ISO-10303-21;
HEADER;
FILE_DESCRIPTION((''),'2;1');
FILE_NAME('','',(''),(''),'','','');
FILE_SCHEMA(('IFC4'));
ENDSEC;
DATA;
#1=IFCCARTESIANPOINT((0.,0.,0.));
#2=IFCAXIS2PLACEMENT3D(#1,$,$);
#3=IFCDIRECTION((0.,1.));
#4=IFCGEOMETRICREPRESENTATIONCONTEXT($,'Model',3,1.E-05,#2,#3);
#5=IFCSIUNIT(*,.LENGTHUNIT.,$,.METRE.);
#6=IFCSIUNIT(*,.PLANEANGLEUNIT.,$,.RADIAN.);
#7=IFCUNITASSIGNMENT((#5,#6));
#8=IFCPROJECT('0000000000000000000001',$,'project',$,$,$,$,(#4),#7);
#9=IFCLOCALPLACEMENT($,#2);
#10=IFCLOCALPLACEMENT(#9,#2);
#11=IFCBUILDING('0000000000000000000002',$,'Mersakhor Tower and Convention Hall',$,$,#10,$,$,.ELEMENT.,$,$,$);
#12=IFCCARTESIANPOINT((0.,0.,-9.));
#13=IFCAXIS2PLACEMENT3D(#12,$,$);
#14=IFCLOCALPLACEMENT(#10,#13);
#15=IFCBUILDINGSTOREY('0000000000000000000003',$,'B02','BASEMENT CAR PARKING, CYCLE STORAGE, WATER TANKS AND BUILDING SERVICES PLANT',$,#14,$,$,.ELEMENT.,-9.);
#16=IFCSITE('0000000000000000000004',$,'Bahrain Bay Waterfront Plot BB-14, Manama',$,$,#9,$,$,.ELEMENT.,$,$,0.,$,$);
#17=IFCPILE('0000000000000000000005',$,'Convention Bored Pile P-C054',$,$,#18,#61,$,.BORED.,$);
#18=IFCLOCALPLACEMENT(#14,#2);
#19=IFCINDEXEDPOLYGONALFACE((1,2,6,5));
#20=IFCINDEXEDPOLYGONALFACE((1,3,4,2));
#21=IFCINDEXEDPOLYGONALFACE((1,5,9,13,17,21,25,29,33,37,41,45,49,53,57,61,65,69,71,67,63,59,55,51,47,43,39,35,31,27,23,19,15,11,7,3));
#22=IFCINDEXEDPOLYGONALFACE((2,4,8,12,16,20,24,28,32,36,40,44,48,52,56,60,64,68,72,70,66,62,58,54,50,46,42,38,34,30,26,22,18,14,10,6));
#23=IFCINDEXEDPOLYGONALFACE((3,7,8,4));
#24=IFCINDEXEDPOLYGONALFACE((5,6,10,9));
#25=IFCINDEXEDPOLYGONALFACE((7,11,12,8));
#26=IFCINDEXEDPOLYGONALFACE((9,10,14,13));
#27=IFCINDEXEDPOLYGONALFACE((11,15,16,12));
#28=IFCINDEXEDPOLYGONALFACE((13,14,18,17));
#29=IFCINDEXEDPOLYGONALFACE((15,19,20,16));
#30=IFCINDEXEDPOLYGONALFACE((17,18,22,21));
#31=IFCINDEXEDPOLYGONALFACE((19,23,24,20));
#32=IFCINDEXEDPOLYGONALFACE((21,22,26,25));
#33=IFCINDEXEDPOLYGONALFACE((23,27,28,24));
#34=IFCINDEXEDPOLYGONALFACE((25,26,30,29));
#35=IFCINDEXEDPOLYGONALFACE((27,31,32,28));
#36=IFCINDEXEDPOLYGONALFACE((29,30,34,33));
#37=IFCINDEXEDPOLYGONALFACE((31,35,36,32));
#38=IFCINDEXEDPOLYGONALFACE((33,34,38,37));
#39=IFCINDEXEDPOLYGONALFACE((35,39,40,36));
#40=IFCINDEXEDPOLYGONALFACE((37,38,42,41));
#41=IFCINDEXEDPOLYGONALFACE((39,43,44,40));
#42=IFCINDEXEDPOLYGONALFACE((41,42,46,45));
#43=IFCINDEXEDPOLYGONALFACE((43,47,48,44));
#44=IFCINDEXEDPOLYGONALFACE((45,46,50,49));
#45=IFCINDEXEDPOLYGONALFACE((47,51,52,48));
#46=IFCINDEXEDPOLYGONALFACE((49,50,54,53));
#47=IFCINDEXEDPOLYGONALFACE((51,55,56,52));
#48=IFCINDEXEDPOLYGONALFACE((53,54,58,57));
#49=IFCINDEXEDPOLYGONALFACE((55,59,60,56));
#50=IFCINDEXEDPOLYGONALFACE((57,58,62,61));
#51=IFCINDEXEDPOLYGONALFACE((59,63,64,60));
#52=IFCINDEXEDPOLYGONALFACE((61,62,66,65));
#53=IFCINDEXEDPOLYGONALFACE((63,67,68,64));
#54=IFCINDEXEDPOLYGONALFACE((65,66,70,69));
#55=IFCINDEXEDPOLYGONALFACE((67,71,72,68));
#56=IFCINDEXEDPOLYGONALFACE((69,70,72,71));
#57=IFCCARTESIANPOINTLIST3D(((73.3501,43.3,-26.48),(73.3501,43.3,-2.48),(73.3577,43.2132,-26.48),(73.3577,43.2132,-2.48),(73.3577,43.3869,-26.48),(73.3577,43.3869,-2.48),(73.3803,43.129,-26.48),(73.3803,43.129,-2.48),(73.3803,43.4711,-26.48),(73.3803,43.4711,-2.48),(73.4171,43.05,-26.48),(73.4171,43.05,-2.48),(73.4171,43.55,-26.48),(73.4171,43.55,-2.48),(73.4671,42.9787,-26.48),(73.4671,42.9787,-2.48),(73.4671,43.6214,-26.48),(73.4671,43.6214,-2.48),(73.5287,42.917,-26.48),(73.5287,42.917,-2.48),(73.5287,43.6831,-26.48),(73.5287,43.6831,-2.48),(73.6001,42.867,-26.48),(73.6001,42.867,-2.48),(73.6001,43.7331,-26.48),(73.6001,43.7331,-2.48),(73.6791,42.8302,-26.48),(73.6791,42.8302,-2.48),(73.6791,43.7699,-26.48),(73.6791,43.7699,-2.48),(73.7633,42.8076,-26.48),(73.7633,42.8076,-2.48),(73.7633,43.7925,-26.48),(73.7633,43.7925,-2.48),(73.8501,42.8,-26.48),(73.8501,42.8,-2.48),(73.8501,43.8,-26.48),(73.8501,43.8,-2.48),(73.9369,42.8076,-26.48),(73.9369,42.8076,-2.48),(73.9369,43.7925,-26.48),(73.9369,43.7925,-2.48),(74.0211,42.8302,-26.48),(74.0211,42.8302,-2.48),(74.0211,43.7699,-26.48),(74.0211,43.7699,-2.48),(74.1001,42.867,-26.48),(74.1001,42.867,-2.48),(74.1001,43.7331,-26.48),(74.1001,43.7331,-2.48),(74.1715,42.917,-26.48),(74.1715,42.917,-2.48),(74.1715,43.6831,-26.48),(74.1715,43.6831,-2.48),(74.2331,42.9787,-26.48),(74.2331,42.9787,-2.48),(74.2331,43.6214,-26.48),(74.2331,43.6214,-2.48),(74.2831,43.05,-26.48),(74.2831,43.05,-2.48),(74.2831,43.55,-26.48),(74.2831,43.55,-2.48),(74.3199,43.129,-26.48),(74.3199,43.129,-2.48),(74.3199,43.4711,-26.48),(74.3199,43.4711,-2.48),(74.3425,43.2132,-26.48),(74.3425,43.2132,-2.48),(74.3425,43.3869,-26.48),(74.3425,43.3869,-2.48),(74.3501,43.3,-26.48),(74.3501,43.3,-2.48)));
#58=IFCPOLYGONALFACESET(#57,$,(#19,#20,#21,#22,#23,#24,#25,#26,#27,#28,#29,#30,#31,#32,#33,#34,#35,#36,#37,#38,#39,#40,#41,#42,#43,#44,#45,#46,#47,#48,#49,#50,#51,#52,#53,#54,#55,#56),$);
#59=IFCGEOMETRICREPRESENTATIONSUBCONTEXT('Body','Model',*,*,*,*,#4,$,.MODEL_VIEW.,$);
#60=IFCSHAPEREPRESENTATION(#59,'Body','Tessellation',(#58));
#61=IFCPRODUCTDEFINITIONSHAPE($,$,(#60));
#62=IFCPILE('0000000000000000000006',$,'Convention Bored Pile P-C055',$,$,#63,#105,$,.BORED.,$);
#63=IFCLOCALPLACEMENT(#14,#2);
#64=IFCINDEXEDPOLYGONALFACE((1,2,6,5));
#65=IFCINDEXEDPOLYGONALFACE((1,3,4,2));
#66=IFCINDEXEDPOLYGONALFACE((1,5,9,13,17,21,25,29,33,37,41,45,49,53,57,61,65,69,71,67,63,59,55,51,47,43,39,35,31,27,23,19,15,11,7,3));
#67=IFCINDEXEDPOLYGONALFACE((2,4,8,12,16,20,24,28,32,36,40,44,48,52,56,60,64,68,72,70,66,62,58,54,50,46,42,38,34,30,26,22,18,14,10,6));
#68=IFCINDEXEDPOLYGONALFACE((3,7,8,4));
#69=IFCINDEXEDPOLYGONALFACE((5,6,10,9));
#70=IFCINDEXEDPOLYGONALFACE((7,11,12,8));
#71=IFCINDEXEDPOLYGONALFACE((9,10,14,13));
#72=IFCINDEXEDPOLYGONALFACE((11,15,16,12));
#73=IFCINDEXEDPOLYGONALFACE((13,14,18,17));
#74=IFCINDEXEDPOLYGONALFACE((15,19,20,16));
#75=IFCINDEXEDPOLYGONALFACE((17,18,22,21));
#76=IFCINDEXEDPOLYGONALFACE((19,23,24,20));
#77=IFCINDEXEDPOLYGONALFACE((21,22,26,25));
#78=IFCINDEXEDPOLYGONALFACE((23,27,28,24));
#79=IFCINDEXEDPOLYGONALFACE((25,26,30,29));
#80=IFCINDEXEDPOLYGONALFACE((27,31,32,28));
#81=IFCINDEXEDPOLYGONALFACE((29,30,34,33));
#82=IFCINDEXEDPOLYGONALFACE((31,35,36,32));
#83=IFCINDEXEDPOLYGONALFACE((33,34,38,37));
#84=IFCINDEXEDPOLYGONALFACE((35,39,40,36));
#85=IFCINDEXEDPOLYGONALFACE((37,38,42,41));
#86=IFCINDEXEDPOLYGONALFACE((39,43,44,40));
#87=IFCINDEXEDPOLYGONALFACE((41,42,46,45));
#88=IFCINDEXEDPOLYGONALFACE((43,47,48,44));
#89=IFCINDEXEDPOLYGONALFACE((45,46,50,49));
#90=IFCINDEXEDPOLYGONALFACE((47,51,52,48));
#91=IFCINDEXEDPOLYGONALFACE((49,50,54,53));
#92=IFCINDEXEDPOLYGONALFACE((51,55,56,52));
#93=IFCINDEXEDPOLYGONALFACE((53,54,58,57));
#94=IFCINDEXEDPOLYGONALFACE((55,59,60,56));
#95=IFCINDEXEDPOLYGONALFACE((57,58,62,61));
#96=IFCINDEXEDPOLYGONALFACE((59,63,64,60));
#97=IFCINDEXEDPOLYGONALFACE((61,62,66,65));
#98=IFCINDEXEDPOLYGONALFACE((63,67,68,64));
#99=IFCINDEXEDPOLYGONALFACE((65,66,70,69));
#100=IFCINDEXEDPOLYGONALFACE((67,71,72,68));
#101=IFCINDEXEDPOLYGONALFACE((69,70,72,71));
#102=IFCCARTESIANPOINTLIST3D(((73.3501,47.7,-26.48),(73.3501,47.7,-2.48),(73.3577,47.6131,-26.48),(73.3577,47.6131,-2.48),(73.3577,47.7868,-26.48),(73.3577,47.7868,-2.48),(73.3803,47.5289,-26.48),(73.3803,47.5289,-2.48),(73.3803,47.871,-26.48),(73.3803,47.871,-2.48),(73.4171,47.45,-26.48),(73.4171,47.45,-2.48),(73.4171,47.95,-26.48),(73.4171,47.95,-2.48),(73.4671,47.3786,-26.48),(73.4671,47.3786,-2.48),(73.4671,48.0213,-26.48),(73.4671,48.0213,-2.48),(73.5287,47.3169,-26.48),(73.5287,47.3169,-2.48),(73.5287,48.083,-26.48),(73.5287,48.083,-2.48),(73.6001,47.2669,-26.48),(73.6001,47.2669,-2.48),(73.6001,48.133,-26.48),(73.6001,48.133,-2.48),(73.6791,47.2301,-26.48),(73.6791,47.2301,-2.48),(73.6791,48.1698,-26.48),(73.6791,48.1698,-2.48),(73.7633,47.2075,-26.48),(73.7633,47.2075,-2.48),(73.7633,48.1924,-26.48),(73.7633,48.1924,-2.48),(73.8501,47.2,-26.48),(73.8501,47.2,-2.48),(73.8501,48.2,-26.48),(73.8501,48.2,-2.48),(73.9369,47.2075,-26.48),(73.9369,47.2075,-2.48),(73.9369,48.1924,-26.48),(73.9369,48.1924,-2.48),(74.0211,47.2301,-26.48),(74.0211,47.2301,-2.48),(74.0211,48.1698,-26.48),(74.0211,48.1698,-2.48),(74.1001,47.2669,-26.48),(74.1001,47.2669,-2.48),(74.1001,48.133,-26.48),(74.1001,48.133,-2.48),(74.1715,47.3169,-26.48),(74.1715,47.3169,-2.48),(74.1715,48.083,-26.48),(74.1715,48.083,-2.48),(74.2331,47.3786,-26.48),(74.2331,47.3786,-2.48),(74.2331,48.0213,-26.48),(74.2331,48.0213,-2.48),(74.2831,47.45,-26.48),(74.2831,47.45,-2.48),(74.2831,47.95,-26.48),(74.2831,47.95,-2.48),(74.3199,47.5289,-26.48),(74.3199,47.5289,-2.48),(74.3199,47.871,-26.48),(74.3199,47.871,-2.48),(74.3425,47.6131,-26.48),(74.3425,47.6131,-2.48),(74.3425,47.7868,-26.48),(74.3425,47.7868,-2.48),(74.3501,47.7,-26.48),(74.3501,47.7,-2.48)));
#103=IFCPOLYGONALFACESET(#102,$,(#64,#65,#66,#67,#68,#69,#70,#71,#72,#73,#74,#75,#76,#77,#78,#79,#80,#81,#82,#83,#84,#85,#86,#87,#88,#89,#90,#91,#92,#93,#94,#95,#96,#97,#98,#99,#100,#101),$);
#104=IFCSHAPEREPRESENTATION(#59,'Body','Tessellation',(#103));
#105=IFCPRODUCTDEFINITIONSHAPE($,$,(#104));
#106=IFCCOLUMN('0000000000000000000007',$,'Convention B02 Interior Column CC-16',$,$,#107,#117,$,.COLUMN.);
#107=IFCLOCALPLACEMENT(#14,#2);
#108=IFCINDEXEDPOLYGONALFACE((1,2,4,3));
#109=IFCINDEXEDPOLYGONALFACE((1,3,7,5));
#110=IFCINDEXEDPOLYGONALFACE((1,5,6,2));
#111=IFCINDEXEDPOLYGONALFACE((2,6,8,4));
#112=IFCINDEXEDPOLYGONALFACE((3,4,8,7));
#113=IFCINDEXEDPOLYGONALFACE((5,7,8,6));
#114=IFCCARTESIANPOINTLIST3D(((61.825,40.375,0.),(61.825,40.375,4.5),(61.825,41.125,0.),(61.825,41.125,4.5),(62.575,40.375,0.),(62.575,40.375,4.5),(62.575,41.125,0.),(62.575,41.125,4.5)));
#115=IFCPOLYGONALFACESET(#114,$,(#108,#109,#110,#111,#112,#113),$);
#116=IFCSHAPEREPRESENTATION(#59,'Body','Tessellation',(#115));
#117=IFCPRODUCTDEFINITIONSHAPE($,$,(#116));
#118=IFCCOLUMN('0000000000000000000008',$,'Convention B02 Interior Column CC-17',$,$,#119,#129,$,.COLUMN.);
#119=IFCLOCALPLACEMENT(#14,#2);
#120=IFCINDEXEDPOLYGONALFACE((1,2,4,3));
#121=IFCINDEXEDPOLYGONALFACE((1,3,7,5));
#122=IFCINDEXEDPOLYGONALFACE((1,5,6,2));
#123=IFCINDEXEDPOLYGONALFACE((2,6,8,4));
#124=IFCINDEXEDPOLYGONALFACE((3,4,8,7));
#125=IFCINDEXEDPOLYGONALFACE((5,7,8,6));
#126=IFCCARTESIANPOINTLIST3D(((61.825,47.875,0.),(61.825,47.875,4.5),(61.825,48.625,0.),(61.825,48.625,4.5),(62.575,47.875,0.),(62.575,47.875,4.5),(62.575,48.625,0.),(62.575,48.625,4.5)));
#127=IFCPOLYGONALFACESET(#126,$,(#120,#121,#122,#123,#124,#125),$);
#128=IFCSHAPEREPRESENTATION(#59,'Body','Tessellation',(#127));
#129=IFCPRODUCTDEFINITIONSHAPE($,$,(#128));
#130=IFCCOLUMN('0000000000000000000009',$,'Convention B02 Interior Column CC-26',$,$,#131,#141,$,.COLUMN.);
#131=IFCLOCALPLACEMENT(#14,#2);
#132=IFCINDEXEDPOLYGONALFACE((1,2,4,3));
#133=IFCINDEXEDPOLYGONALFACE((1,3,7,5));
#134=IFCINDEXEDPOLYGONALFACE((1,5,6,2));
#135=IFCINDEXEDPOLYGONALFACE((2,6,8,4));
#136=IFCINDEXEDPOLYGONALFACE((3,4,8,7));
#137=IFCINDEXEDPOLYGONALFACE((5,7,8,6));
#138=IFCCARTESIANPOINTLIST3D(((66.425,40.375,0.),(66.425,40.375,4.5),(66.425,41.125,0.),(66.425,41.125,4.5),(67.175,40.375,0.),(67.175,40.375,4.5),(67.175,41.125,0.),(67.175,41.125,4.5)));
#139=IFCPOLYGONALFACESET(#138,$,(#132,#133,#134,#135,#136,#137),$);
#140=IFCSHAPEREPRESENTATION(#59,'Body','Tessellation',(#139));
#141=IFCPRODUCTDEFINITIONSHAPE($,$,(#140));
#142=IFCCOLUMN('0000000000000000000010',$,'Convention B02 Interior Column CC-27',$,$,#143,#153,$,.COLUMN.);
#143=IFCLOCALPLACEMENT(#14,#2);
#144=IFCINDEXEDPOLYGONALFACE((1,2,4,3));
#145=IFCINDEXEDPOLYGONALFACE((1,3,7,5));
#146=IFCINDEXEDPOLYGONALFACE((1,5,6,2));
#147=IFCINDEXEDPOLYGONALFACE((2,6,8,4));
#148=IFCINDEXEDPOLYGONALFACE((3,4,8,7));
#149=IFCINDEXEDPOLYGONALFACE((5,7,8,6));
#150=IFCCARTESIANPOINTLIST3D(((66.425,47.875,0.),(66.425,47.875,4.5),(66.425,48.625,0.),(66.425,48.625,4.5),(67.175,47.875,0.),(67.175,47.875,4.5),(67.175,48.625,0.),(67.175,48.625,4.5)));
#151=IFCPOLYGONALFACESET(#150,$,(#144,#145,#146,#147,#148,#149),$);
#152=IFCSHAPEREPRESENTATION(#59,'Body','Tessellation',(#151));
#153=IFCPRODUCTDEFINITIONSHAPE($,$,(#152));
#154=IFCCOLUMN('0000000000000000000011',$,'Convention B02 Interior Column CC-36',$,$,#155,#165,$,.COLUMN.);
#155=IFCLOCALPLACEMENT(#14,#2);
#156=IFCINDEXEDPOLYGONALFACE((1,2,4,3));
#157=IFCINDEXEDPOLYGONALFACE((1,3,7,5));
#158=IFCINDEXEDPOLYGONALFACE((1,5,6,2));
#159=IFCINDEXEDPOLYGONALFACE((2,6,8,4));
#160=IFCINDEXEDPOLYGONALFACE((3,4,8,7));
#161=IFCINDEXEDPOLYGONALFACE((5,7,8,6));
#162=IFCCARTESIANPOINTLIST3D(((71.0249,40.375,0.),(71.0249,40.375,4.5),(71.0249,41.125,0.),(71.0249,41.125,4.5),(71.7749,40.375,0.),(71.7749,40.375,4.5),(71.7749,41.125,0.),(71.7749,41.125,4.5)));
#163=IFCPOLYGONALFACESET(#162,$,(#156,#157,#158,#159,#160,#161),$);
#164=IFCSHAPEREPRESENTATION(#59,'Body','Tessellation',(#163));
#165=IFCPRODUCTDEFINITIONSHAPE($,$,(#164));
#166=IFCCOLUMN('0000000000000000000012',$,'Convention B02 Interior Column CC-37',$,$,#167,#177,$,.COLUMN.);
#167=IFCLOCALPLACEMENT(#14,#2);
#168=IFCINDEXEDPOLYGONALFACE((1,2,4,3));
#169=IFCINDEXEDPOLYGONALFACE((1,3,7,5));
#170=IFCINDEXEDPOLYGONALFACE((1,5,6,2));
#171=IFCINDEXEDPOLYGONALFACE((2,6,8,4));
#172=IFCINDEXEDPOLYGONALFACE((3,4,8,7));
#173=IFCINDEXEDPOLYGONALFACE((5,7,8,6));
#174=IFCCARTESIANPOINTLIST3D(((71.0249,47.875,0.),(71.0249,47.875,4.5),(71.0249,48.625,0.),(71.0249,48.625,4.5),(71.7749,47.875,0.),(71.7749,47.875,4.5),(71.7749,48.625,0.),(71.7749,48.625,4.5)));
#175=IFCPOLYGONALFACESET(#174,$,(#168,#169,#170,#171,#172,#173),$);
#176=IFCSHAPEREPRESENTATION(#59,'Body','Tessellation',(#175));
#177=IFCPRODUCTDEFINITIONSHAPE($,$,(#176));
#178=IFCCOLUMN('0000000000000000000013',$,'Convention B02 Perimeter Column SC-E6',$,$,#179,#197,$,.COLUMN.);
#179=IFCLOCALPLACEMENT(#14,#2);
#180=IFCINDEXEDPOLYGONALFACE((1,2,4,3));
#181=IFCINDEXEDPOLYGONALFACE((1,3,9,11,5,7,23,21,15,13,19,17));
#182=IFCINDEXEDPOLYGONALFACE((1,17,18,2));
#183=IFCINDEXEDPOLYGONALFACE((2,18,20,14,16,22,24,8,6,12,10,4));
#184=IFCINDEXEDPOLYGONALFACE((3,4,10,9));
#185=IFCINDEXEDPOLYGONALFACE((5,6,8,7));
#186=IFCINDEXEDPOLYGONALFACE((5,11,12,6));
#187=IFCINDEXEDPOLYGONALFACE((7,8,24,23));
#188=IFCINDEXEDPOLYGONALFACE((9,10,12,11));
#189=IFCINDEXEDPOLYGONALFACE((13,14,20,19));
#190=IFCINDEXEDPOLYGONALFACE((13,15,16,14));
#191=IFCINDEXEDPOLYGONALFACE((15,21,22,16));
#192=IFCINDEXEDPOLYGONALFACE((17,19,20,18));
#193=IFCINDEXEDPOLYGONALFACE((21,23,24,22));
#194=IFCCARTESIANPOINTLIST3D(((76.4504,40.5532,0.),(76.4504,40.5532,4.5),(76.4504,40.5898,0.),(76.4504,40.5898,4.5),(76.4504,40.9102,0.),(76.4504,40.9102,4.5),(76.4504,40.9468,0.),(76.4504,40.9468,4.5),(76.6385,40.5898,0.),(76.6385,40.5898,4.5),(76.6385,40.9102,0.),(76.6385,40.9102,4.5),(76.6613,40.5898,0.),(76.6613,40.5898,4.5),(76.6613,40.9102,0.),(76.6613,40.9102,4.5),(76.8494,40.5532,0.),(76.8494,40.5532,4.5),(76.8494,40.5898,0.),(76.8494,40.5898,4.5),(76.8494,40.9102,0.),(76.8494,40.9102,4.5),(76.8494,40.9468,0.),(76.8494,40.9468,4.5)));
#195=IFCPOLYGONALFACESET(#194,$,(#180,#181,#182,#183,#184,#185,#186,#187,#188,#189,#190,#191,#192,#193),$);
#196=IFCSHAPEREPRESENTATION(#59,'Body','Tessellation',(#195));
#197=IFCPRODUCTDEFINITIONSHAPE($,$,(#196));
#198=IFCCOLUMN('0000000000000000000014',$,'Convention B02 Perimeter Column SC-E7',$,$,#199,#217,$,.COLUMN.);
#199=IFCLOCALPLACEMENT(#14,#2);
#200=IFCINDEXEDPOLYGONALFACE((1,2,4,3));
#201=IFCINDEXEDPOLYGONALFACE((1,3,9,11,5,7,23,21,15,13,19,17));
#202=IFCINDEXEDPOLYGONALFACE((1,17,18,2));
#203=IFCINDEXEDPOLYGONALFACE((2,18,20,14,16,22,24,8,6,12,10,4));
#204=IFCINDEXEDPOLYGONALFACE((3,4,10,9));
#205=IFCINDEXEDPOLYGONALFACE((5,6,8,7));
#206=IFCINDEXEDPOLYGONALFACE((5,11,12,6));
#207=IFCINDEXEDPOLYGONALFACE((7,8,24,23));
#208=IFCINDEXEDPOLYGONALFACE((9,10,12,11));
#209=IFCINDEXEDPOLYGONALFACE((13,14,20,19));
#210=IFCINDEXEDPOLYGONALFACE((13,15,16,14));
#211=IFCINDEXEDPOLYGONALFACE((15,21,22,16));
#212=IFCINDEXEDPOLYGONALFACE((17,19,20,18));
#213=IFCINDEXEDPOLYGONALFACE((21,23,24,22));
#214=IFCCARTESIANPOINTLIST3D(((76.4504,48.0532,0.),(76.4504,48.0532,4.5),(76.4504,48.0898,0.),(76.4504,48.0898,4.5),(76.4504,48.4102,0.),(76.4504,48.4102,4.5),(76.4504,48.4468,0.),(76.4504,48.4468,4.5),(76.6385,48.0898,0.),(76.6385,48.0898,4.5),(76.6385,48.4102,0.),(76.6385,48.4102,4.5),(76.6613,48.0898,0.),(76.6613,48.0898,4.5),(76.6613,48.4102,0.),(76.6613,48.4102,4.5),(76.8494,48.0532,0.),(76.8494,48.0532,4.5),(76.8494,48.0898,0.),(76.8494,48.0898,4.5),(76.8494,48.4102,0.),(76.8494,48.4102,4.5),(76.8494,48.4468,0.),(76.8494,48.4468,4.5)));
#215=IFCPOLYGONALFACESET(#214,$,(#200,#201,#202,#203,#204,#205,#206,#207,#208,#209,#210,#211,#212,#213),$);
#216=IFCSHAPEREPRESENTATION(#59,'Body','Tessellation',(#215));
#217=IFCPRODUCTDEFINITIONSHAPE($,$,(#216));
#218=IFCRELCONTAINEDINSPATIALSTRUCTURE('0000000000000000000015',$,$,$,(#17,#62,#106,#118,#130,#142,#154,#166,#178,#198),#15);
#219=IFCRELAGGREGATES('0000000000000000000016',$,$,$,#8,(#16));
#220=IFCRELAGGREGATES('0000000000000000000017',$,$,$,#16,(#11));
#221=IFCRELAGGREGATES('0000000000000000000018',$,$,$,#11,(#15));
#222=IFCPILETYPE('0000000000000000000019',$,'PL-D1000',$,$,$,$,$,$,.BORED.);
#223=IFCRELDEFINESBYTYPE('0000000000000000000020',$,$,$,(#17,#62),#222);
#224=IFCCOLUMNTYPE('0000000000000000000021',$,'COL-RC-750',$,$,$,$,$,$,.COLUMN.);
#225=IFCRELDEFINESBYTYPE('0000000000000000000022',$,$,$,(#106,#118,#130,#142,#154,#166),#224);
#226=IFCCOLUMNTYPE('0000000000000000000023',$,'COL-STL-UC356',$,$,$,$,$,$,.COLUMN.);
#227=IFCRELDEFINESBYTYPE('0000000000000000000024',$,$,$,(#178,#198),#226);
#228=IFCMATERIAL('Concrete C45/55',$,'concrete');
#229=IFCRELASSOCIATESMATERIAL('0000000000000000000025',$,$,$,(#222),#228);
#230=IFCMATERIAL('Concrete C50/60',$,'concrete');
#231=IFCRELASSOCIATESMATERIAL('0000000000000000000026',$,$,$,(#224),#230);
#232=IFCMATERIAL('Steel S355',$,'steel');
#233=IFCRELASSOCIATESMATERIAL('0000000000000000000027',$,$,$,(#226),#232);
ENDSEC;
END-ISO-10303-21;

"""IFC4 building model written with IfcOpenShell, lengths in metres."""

from ifc_helpers import new_model, si_unit, direction, frame, origin, origin_2d, place, context, subcontext, project, spatial, rectangle, circle, i_section, extrude, material, material_profile, profile_set, type_object, element, save


model = new_model("IFC4")

# Units and contexts
model_context = context("Model", 3, precision=1e-05, world=origin(), true_north=direction((0.0, 1.0)))
body_context = subcontext(model_context, "Body", "Model", "MODEL_VIEW")
ifc_project = project(units=[si_unit("LENGTHUNIT", "METRE"), si_unit("PLANEANGLEUNIT", "RADIAN")], contexts=[model_context])

# Site, building, storey
site_placement = place(None, origin())
site = spatial("IfcSite", under=ifc_project, at=site_placement, Name="Bahrain Bay Waterfront Plot BB-14, Manama", CompositionType="ELEMENT", RefElevation=0.0)
building_placement = place(site_placement, origin())
building = spatial("IfcBuilding", under=site, at=building_placement, Name="Mersakhor Tower and Convention Hall", CompositionType="ELEMENT")
storey_placement = place(building_placement, frame((0.0, 0.0, -9.0)))
storey = spatial("IfcBuildingStorey", under=building, at=storey_placement, Name="B02", Description="BASEMENT CAR PARKING, CYCLE STORAGE, WATER TANKS AND BUILDING SERVICES PLANT", CompositionType="ELEMENT", Elevation=-9.0)

# Piles
ifc_material_1 = material(Name="Concrete C45/55", Category="concrete")
ifc_material_profile_1 = material_profile(ifc_material_1, circle(Radius=0.5, at=origin_2d()), Name="PILE D1000")
ifc_profile_set_1 = profile_set([ifc_material_profile_1], Name="Concrete C45/55")
pile_type = type_object("IfcPileType", Name="PL-D1000", PredefinedType="BORED", material=ifc_profile_set_1)
for number, where, z_axis, x_axis, name in (
    (1, (73.8501, 43.3, -2.48), (0.0, 0.0, -1.0), (1.0, 0.0, 0.0), "Convention Bored Pile P-C054"),
    (2, (73.8501, 47.7, -2.48), (0.0, 0.0, -1.0), (1.0, 0.0, 0.0), "Convention Bored Pile P-C055"),
):
    element("IfcPile", number, at=place(storey_placement, frame(where, z_axis=z_axis, x_axis=x_axis)), inside=storey, type_object=pile_type, Name=name, PredefinedType="BORED", context=body_context, shape_type="SweptSolid", body=[
        extrude(circle(Radius=0.5, at=origin_2d()), origin(), (0.0, 0.0, 1.0), 24.0),
    ])

# Columns
ifc_material_2 = material(Name="Concrete C50/60", Category="concrete")
ifc_material_profile_2 = material_profile(ifc_material_2, rectangle(XDim=0.75, YDim=0.75, at=origin_2d()), Name="RC 750x750")
ifc_profile_set_2 = profile_set([ifc_material_profile_2], Name="Concrete C50/60")
column_type_1 = type_object("IfcColumnType", Name="COL-RC-750", PredefinedType="COLUMN", material=ifc_profile_set_2)
for number, where, z_axis, x_axis, name in (
    (3, (62.2, 40.75, 0.0), (0.0, 0.0, 1.0), (1.0, 0.0, 0.0), "Convention B02 Interior Column CC-16"),
    (4, (62.2, 48.25, 0.0), (0.0, 0.0, 1.0), (1.0, 0.0, 0.0), "Convention B02 Interior Column CC-17"),
    (5, (66.8, 40.75, 0.0), (0.0, 0.0, 1.0), (1.0, 0.0, 0.0), "Convention B02 Interior Column CC-26"),
    (6, (66.8, 48.25, 0.0), (0.0, 0.0, 1.0), (1.0, 0.0, 0.0), "Convention B02 Interior Column CC-27"),
    (7, (71.3999, 40.75, 0.0), (0.0, 0.0, 1.0), (1.0, 0.0, 0.0), "Convention B02 Interior Column CC-36"),
    (8, (71.3999, 48.25, 0.0), (0.0, 0.0, 1.0), (1.0, 0.0, 0.0), "Convention B02 Interior Column CC-37"),
):
    element("IfcColumn", number, at=place(storey_placement, frame(where, z_axis=z_axis, x_axis=x_axis)), inside=storey, type_object=column_type_1, Name=name, PredefinedType="COLUMN", context=body_context, shape_type="SweptSolid", body=[
        extrude(rectangle(XDim=0.75, YDim=0.75, at=origin_2d()), origin(), (0.0, 0.0, 1.0), 4.5),
    ])
ifc_material_3 = material(Name="Steel S355", Category="steel")
ifc_material_profile_3 = material_profile(ifc_material_3, i_section(OverallWidth=0.3989, OverallDepth=0.3936, WebThickness=0.0227, FlangeThickness=0.0366, at=origin_2d()), Name="UC 356x406x287")
ifc_profile_set_3 = profile_set([ifc_material_profile_3], Name="Steel S355")
column_type_2 = type_object("IfcColumnType", Name="COL-STL-UC356", PredefinedType="COLUMN", material=ifc_profile_set_3)
for number, where, z_axis, x_axis, name in (
    (9, (76.6499, 40.75, 0.0), (0.0, 0.0, 1.0), (1.0, 0.0, 0.0), "Convention B02 Perimeter Column SC-E6"),
    (10, (76.6499, 48.25, 0.0), (0.0, 0.0, 1.0), (1.0, 0.0, 0.0), "Convention B02 Perimeter Column SC-E7"),
):
    element("IfcColumn", number, at=place(storey_placement, frame(where, z_axis=z_axis, x_axis=x_axis)), inside=storey, type_object=column_type_2, Name=name, PredefinedType="COLUMN", context=body_context, shape_type="SweptSolid", body=[
        extrude(i_section(OverallWidth=0.3989, OverallDepth=0.3936, WebThickness=0.0227, FlangeThickness=0.0366, at=origin_2d()), origin(), (0.0, 0.0, 1.0), 4.5),
    ])

save(model, "model.ifc")
